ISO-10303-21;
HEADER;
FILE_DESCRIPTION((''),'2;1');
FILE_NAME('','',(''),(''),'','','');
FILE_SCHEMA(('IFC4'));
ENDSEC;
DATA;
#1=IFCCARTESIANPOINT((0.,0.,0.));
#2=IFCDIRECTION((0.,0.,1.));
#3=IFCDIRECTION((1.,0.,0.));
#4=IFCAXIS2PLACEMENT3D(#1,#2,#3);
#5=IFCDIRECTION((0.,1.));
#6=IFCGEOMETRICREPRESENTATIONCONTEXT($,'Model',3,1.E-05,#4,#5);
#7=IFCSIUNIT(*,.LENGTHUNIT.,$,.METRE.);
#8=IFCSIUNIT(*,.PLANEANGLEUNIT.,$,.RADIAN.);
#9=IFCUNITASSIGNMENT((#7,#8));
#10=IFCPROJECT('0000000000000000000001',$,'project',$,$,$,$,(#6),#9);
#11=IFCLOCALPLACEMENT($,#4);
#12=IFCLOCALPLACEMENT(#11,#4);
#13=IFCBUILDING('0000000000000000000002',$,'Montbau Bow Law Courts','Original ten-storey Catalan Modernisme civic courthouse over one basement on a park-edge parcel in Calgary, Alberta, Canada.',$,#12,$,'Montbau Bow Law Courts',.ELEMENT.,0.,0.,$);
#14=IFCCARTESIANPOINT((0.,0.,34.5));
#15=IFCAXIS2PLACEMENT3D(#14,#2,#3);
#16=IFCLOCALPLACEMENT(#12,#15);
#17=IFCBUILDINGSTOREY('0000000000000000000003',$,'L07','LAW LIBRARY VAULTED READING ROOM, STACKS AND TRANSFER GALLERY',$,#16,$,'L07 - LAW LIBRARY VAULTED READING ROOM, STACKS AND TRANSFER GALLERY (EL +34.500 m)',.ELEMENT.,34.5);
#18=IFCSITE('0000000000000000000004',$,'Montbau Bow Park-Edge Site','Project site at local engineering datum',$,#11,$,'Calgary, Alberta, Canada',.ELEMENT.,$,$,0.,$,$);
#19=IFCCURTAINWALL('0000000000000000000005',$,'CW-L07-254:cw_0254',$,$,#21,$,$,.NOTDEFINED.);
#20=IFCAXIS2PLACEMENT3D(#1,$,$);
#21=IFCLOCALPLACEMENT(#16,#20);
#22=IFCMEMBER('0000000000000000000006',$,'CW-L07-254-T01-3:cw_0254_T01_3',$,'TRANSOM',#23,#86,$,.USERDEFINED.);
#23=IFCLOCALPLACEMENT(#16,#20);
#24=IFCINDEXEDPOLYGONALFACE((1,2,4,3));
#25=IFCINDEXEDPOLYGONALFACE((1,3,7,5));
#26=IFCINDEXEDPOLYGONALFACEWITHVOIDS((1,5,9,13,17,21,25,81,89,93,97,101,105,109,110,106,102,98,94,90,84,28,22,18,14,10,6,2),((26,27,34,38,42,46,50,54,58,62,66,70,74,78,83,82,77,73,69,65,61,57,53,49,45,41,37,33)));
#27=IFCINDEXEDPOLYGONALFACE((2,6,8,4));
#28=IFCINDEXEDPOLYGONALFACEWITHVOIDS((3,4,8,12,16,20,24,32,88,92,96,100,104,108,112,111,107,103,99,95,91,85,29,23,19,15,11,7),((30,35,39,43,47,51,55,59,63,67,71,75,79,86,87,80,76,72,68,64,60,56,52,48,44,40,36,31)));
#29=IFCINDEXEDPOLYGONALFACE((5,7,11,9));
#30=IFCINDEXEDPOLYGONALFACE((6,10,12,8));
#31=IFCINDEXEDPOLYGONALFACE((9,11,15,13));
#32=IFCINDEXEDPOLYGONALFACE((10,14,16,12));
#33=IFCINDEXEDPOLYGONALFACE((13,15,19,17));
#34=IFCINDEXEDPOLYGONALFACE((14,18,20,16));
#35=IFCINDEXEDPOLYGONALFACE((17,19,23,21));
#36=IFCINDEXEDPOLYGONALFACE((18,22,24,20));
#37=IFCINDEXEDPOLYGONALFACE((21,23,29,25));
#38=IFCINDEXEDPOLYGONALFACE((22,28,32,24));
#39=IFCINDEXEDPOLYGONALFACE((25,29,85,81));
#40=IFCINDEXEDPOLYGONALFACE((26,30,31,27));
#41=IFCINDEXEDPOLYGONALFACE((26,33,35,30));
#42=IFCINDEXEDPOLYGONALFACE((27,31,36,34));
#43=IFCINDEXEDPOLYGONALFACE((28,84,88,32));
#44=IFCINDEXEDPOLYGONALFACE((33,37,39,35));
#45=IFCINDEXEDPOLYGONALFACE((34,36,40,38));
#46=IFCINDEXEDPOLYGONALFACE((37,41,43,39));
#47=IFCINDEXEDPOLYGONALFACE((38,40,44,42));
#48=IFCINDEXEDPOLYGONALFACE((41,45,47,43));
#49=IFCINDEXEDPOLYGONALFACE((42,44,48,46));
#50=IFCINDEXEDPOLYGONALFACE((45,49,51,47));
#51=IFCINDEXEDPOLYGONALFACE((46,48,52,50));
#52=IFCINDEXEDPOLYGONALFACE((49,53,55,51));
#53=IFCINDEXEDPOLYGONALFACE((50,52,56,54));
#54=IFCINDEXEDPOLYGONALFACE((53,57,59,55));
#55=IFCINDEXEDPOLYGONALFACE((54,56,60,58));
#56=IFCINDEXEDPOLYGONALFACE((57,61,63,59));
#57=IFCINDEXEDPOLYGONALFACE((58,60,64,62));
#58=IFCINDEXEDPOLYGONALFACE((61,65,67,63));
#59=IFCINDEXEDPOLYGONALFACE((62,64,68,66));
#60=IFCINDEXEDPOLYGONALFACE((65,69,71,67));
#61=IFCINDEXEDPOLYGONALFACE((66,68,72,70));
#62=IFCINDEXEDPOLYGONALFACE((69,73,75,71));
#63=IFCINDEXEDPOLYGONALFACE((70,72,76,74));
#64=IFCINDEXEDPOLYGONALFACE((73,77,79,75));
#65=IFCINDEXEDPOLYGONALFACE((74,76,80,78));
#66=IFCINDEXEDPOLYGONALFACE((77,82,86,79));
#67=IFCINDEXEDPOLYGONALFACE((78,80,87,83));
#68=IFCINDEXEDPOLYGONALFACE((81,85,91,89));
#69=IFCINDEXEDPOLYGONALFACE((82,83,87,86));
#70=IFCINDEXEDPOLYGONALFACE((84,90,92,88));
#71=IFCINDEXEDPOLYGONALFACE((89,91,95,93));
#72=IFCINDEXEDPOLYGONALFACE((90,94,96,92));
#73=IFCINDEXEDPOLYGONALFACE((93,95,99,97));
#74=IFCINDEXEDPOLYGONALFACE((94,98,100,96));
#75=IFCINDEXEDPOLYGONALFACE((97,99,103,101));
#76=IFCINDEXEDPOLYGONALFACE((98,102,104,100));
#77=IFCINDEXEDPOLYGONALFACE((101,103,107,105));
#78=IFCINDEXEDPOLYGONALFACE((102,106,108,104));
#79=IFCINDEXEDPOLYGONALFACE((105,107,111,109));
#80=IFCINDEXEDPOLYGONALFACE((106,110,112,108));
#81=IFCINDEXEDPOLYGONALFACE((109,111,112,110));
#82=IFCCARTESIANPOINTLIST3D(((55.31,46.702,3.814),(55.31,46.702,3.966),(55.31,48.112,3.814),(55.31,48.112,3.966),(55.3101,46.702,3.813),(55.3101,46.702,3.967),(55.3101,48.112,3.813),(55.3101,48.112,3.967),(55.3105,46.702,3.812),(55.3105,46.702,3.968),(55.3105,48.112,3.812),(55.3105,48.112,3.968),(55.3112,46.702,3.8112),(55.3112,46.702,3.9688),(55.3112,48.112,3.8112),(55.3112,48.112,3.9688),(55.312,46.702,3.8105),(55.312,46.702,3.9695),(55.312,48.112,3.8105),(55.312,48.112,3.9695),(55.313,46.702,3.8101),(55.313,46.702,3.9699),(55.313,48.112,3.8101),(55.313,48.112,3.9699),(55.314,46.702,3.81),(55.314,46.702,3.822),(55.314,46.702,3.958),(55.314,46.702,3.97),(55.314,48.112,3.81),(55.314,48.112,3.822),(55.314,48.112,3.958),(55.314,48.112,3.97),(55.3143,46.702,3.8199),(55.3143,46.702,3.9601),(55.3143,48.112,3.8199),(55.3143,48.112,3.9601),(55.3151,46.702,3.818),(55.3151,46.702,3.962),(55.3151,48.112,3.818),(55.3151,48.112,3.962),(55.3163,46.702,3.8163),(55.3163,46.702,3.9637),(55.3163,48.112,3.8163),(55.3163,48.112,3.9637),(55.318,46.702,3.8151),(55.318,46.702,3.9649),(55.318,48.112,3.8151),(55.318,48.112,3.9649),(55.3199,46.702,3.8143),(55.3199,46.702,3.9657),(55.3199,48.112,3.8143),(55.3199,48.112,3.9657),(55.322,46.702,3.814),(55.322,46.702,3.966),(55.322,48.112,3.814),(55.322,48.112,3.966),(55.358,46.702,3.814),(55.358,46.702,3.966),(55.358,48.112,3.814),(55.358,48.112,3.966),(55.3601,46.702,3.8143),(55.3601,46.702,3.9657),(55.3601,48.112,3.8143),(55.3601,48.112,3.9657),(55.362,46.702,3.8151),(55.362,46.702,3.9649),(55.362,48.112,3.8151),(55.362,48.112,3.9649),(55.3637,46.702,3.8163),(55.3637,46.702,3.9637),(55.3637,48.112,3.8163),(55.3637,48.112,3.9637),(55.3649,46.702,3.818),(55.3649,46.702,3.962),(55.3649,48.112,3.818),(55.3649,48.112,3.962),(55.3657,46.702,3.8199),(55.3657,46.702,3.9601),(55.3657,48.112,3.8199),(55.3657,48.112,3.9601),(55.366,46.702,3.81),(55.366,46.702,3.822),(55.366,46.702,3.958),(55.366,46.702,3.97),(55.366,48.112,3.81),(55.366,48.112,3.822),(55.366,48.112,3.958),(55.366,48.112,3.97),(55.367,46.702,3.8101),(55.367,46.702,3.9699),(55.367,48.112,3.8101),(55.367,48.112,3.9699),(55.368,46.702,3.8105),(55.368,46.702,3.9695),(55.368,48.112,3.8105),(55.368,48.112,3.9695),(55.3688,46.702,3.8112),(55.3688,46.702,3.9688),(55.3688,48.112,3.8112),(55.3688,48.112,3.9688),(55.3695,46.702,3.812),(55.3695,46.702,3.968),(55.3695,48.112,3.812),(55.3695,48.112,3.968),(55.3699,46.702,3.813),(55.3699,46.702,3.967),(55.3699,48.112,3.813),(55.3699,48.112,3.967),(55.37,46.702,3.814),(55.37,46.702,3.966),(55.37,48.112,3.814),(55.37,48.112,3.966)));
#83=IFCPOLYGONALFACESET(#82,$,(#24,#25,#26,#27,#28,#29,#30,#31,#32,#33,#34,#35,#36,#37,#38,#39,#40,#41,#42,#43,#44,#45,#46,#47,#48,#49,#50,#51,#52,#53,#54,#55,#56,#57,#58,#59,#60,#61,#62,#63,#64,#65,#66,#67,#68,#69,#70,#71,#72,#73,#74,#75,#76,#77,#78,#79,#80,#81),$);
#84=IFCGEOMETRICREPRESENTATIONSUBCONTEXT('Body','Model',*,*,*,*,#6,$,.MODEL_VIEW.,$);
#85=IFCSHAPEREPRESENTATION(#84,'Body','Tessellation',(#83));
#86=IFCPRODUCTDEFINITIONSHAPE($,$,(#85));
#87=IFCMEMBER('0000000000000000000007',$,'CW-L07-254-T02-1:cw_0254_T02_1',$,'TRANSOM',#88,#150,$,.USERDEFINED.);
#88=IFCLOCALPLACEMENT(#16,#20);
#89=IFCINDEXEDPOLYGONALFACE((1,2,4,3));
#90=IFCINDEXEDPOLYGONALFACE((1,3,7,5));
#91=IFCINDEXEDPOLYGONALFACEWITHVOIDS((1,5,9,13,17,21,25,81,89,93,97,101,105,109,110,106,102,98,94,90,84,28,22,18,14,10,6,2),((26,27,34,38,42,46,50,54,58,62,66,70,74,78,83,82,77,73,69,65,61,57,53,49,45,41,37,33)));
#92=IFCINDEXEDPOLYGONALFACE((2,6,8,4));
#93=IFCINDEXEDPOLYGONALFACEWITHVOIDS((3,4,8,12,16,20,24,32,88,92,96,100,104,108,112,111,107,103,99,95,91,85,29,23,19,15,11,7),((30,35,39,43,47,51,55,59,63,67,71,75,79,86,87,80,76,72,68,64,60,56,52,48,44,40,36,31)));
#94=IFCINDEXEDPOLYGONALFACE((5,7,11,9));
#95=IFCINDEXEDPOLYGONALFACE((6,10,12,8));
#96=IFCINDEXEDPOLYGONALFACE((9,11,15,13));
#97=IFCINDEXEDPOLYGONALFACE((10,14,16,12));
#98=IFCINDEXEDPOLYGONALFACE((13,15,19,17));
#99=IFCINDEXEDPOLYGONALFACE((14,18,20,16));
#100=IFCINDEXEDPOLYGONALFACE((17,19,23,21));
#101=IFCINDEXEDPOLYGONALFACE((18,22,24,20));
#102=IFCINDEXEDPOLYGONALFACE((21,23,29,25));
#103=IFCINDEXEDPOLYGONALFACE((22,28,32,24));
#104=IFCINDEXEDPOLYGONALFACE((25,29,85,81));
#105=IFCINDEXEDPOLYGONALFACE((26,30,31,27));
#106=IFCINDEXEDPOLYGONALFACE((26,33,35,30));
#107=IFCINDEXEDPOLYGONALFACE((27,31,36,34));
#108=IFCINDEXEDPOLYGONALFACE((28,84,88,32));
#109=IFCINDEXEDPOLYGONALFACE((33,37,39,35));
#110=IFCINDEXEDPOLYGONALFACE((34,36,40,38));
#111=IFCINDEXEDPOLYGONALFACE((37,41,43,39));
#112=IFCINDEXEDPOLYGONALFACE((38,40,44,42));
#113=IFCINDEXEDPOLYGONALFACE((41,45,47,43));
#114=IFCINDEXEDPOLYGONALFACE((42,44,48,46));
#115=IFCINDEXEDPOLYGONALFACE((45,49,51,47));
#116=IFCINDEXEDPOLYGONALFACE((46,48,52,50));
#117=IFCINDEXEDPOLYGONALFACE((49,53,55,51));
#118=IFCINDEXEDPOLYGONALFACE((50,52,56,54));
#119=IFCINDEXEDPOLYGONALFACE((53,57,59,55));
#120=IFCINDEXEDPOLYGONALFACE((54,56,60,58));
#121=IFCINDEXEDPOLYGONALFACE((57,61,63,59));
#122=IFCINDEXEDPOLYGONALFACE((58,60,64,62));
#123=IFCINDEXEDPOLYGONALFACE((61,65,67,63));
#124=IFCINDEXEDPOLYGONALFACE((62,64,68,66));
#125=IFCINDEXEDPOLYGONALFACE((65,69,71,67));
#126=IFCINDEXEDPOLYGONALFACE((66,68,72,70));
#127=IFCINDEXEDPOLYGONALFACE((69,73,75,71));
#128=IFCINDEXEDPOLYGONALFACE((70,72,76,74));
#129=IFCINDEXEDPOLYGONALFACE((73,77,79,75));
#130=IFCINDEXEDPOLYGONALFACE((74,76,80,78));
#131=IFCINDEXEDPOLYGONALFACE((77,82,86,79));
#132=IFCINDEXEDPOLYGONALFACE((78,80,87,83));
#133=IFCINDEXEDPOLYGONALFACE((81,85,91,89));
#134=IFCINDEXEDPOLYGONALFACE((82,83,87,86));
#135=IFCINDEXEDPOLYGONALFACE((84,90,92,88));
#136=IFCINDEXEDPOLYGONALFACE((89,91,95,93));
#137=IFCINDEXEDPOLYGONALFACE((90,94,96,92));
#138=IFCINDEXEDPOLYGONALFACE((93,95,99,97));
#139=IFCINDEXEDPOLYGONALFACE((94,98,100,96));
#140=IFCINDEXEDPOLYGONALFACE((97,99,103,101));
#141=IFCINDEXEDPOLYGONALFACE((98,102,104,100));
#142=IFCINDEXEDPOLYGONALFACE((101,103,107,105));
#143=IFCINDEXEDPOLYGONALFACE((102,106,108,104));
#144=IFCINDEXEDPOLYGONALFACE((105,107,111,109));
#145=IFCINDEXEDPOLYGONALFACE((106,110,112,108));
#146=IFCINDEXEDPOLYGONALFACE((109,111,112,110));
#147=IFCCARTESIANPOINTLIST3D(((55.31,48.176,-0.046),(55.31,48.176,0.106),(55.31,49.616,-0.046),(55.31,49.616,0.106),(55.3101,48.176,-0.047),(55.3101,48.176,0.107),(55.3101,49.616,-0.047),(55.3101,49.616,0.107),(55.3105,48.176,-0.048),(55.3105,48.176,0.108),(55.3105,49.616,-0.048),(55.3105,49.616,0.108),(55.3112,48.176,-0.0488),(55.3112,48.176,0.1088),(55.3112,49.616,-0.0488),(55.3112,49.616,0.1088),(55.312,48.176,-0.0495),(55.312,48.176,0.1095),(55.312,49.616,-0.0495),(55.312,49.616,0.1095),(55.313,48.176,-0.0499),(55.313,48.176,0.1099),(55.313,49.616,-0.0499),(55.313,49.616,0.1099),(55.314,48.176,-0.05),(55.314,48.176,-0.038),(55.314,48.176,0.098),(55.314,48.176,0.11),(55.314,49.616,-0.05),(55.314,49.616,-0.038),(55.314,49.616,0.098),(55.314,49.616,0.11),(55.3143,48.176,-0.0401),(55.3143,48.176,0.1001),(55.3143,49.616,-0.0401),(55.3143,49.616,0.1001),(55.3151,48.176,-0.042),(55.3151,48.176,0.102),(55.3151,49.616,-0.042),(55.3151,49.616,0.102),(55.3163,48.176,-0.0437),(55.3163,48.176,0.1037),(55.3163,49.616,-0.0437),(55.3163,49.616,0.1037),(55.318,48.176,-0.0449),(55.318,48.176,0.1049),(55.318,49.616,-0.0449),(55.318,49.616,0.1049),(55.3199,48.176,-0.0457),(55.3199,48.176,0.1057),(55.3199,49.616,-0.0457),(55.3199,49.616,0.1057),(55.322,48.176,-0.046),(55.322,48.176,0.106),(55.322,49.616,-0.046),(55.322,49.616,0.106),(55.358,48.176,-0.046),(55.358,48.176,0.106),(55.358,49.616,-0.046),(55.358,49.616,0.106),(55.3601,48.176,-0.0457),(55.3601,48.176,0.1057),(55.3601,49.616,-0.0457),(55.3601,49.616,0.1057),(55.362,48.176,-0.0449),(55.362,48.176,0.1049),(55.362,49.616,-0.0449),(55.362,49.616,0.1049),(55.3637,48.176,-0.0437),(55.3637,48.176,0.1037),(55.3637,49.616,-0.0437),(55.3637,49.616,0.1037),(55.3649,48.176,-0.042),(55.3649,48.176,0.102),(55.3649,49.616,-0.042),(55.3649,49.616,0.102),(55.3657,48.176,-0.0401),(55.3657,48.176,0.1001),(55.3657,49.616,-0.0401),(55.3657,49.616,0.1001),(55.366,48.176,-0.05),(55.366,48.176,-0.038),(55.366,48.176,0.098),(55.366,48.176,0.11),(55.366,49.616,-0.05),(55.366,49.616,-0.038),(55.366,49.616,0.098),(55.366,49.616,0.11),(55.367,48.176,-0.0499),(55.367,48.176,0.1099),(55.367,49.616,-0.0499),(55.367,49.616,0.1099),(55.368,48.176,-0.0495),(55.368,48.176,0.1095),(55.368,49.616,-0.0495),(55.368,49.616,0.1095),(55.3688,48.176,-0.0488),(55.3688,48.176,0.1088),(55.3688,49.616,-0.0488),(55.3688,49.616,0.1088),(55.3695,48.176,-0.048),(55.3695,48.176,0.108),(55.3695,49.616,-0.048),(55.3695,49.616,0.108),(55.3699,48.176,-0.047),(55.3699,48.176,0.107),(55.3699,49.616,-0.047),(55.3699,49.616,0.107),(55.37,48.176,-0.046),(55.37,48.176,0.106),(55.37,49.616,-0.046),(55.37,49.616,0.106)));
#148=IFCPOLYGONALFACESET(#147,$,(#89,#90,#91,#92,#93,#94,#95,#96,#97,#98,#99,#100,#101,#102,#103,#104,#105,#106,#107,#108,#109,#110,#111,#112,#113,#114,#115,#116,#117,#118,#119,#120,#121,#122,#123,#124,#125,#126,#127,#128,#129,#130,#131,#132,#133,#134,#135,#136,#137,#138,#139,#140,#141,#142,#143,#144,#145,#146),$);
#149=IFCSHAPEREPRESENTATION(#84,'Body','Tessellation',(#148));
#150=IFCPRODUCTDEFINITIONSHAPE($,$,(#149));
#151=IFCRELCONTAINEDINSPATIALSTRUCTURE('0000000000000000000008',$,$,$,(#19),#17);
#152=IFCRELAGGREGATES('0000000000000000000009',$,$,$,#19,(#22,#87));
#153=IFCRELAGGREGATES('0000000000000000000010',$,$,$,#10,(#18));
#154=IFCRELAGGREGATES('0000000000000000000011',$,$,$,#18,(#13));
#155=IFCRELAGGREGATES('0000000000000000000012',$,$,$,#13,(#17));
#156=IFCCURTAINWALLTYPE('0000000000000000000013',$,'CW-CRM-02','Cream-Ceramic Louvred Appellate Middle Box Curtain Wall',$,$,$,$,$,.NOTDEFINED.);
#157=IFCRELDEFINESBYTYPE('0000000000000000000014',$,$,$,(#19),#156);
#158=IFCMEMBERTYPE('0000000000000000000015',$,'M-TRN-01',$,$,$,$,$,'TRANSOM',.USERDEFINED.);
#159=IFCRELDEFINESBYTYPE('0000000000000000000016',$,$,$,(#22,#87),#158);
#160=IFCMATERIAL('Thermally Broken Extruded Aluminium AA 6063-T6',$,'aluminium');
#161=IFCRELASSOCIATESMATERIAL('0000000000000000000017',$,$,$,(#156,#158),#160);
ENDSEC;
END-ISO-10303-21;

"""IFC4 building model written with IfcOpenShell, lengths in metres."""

from ifc_helpers import new_model, si_unit, direction, frame, origin_with_axes, origin_2d_with_axis, place, context, subcontext, project, spatial, hollow_rectangle, extrude, material, material_profile, profile_set, type_object, element, aggregate, save


model = new_model("IFC4")

# Units and contexts
model_context = context("Model", 3, precision=1e-05, world=origin_with_axes(), true_north=direction((0.0, 1.0)))
body_context = subcontext(model_context, "Body", "Model", "MODEL_VIEW")
ifc_project = project(units=[si_unit("LENGTHUNIT", "METRE"), si_unit("PLANEANGLEUNIT", "RADIAN")], contexts=[model_context])

# Site, building, storey
site_placement = place(None, origin_with_axes())
site = spatial("IfcSite", under=ifc_project, at=site_placement, Name="Montbau Bow Park-Edge Site", Description="Project site at local engineering datum", LongName="Calgary, Alberta, Canada", CompositionType="ELEMENT", RefElevation=0.0)
building_placement = place(site_placement, origin_with_axes())
building = spatial("IfcBuilding", under=site, at=building_placement, Name="Montbau Bow Law Courts", Description="Original ten-storey Catalan Modernisme civic courthouse over one basement on a park-edge parcel in Calgary, Alberta, Canada.", LongName="Montbau Bow Law Courts", CompositionType="ELEMENT", ElevationOfRefHeight=0.0, ElevationOfTerrain=0.0)
storey_placement = place(building_placement, frame((0.0, 0.0, 34.5), z_axis=(0.0, 0.0, 1.0), x_axis=(1.0, 0.0, 0.0)))
storey = spatial("IfcBuildingStorey", under=building, at=storey_placement, Name="L07", Description="LAW LIBRARY VAULTED READING ROOM, STACKS AND TRANSFER GALLERY", LongName="L07 - LAW LIBRARY VAULTED READING ROOM, STACKS AND TRANSFER GALLERY (EL +34.500 m)", CompositionType="ELEMENT", Elevation=34.5)

# Shared definitions
ifc_material_1 = material(Name="Thermally Broken Extruded Aluminium AA 6063-T6", Category="aluminium")
curtain_wall_type = type_object("IfcCurtainWallType", Name="CW-CRM-02", Description="Cream-Ceramic Louvred Appellate Middle Box Curtain Wall", PredefinedType="NOTDEFINED", material=ifc_material_1)

# Curtain wall, members
curtain_wall_1_placement = place(None, frame((55.34, 46.64, 34.5), z_axis=(0.0, 0.0, 1.0), x_axis=(1.0, 0.0, 0.0)))
curtain_wall_1 = element("IfcCurtainWall", 1, at=curtain_wall_1_placement, inside=storey, type_object=curtain_wall_type, Name="CW-L07-254:cw_0254", PredefinedType="NOTDEFINED")
ifc_material_profile_1 = material_profile(ifc_material_1, hollow_rectangle(XDim=0.06, YDim=0.16, WallThickness=0.004, InnerFilletRadius=0.008, OuterFilletRadius=0.004, at=origin_2d_with_axis()), Name="CWT-160X60", Category="Main", Priority=0)
ifc_profile_set_1 = profile_set([ifc_material_profile_1], Name="Thermally Broken Extruded Aluminium AA 6063-T6")
member_type_1 = type_object("IfcMemberType", Name="M-TRN-01", ElementType="TRANSOM", PredefinedType="USERDEFINED", material=ifc_profile_set_1)
member_1_placement = place(None, frame((55.34, 46.702, 38.39), z_axis=(0.0, 1.0, 0.0), x_axis=(-1.0, 0.0, 0.0)))
member_1 = element("IfcMember", 2, at=member_1_placement, type_object=member_type_1, Name="CW-L07-254-T01-3:cw_0254_T01_3", ObjectType="TRANSOM", PredefinedType="USERDEFINED", context=body_context, shape_type="SweptSolid", body=[
    extrude(hollow_rectangle(XDim=0.06, YDim=0.16, WallThickness=0.004, InnerFilletRadius=0.008, OuterFilletRadius=0.004, at=origin_2d_with_axis()), origin_with_axes(), (0.0, 0.0, 1.0), 1.41),
])
member_2_placement = place(None, frame((55.34, 48.176, 34.53), z_axis=(0.0, 1.0, 0.0), x_axis=(-1.0, 0.0, 0.0)))
member_2 = element("IfcMember", 3, at=member_2_placement, type_object=member_type_1, Name="CW-L07-254-T02-1:cw_0254_T02_1", ObjectType="TRANSOM", PredefinedType="USERDEFINED", context=body_context, shape_type="SweptSolid", body=[
    extrude(hollow_rectangle(XDim=0.06, YDim=0.16, WallThickness=0.004, InnerFilletRadius=0.008, OuterFilletRadius=0.004, at=origin_2d_with_axis()), origin_with_axes(), (0.0, 0.0, 1.0), 1.44),
])
aggregate(curtain_wall_1, [member_1, member_2])

save(model, "model.ifc")
